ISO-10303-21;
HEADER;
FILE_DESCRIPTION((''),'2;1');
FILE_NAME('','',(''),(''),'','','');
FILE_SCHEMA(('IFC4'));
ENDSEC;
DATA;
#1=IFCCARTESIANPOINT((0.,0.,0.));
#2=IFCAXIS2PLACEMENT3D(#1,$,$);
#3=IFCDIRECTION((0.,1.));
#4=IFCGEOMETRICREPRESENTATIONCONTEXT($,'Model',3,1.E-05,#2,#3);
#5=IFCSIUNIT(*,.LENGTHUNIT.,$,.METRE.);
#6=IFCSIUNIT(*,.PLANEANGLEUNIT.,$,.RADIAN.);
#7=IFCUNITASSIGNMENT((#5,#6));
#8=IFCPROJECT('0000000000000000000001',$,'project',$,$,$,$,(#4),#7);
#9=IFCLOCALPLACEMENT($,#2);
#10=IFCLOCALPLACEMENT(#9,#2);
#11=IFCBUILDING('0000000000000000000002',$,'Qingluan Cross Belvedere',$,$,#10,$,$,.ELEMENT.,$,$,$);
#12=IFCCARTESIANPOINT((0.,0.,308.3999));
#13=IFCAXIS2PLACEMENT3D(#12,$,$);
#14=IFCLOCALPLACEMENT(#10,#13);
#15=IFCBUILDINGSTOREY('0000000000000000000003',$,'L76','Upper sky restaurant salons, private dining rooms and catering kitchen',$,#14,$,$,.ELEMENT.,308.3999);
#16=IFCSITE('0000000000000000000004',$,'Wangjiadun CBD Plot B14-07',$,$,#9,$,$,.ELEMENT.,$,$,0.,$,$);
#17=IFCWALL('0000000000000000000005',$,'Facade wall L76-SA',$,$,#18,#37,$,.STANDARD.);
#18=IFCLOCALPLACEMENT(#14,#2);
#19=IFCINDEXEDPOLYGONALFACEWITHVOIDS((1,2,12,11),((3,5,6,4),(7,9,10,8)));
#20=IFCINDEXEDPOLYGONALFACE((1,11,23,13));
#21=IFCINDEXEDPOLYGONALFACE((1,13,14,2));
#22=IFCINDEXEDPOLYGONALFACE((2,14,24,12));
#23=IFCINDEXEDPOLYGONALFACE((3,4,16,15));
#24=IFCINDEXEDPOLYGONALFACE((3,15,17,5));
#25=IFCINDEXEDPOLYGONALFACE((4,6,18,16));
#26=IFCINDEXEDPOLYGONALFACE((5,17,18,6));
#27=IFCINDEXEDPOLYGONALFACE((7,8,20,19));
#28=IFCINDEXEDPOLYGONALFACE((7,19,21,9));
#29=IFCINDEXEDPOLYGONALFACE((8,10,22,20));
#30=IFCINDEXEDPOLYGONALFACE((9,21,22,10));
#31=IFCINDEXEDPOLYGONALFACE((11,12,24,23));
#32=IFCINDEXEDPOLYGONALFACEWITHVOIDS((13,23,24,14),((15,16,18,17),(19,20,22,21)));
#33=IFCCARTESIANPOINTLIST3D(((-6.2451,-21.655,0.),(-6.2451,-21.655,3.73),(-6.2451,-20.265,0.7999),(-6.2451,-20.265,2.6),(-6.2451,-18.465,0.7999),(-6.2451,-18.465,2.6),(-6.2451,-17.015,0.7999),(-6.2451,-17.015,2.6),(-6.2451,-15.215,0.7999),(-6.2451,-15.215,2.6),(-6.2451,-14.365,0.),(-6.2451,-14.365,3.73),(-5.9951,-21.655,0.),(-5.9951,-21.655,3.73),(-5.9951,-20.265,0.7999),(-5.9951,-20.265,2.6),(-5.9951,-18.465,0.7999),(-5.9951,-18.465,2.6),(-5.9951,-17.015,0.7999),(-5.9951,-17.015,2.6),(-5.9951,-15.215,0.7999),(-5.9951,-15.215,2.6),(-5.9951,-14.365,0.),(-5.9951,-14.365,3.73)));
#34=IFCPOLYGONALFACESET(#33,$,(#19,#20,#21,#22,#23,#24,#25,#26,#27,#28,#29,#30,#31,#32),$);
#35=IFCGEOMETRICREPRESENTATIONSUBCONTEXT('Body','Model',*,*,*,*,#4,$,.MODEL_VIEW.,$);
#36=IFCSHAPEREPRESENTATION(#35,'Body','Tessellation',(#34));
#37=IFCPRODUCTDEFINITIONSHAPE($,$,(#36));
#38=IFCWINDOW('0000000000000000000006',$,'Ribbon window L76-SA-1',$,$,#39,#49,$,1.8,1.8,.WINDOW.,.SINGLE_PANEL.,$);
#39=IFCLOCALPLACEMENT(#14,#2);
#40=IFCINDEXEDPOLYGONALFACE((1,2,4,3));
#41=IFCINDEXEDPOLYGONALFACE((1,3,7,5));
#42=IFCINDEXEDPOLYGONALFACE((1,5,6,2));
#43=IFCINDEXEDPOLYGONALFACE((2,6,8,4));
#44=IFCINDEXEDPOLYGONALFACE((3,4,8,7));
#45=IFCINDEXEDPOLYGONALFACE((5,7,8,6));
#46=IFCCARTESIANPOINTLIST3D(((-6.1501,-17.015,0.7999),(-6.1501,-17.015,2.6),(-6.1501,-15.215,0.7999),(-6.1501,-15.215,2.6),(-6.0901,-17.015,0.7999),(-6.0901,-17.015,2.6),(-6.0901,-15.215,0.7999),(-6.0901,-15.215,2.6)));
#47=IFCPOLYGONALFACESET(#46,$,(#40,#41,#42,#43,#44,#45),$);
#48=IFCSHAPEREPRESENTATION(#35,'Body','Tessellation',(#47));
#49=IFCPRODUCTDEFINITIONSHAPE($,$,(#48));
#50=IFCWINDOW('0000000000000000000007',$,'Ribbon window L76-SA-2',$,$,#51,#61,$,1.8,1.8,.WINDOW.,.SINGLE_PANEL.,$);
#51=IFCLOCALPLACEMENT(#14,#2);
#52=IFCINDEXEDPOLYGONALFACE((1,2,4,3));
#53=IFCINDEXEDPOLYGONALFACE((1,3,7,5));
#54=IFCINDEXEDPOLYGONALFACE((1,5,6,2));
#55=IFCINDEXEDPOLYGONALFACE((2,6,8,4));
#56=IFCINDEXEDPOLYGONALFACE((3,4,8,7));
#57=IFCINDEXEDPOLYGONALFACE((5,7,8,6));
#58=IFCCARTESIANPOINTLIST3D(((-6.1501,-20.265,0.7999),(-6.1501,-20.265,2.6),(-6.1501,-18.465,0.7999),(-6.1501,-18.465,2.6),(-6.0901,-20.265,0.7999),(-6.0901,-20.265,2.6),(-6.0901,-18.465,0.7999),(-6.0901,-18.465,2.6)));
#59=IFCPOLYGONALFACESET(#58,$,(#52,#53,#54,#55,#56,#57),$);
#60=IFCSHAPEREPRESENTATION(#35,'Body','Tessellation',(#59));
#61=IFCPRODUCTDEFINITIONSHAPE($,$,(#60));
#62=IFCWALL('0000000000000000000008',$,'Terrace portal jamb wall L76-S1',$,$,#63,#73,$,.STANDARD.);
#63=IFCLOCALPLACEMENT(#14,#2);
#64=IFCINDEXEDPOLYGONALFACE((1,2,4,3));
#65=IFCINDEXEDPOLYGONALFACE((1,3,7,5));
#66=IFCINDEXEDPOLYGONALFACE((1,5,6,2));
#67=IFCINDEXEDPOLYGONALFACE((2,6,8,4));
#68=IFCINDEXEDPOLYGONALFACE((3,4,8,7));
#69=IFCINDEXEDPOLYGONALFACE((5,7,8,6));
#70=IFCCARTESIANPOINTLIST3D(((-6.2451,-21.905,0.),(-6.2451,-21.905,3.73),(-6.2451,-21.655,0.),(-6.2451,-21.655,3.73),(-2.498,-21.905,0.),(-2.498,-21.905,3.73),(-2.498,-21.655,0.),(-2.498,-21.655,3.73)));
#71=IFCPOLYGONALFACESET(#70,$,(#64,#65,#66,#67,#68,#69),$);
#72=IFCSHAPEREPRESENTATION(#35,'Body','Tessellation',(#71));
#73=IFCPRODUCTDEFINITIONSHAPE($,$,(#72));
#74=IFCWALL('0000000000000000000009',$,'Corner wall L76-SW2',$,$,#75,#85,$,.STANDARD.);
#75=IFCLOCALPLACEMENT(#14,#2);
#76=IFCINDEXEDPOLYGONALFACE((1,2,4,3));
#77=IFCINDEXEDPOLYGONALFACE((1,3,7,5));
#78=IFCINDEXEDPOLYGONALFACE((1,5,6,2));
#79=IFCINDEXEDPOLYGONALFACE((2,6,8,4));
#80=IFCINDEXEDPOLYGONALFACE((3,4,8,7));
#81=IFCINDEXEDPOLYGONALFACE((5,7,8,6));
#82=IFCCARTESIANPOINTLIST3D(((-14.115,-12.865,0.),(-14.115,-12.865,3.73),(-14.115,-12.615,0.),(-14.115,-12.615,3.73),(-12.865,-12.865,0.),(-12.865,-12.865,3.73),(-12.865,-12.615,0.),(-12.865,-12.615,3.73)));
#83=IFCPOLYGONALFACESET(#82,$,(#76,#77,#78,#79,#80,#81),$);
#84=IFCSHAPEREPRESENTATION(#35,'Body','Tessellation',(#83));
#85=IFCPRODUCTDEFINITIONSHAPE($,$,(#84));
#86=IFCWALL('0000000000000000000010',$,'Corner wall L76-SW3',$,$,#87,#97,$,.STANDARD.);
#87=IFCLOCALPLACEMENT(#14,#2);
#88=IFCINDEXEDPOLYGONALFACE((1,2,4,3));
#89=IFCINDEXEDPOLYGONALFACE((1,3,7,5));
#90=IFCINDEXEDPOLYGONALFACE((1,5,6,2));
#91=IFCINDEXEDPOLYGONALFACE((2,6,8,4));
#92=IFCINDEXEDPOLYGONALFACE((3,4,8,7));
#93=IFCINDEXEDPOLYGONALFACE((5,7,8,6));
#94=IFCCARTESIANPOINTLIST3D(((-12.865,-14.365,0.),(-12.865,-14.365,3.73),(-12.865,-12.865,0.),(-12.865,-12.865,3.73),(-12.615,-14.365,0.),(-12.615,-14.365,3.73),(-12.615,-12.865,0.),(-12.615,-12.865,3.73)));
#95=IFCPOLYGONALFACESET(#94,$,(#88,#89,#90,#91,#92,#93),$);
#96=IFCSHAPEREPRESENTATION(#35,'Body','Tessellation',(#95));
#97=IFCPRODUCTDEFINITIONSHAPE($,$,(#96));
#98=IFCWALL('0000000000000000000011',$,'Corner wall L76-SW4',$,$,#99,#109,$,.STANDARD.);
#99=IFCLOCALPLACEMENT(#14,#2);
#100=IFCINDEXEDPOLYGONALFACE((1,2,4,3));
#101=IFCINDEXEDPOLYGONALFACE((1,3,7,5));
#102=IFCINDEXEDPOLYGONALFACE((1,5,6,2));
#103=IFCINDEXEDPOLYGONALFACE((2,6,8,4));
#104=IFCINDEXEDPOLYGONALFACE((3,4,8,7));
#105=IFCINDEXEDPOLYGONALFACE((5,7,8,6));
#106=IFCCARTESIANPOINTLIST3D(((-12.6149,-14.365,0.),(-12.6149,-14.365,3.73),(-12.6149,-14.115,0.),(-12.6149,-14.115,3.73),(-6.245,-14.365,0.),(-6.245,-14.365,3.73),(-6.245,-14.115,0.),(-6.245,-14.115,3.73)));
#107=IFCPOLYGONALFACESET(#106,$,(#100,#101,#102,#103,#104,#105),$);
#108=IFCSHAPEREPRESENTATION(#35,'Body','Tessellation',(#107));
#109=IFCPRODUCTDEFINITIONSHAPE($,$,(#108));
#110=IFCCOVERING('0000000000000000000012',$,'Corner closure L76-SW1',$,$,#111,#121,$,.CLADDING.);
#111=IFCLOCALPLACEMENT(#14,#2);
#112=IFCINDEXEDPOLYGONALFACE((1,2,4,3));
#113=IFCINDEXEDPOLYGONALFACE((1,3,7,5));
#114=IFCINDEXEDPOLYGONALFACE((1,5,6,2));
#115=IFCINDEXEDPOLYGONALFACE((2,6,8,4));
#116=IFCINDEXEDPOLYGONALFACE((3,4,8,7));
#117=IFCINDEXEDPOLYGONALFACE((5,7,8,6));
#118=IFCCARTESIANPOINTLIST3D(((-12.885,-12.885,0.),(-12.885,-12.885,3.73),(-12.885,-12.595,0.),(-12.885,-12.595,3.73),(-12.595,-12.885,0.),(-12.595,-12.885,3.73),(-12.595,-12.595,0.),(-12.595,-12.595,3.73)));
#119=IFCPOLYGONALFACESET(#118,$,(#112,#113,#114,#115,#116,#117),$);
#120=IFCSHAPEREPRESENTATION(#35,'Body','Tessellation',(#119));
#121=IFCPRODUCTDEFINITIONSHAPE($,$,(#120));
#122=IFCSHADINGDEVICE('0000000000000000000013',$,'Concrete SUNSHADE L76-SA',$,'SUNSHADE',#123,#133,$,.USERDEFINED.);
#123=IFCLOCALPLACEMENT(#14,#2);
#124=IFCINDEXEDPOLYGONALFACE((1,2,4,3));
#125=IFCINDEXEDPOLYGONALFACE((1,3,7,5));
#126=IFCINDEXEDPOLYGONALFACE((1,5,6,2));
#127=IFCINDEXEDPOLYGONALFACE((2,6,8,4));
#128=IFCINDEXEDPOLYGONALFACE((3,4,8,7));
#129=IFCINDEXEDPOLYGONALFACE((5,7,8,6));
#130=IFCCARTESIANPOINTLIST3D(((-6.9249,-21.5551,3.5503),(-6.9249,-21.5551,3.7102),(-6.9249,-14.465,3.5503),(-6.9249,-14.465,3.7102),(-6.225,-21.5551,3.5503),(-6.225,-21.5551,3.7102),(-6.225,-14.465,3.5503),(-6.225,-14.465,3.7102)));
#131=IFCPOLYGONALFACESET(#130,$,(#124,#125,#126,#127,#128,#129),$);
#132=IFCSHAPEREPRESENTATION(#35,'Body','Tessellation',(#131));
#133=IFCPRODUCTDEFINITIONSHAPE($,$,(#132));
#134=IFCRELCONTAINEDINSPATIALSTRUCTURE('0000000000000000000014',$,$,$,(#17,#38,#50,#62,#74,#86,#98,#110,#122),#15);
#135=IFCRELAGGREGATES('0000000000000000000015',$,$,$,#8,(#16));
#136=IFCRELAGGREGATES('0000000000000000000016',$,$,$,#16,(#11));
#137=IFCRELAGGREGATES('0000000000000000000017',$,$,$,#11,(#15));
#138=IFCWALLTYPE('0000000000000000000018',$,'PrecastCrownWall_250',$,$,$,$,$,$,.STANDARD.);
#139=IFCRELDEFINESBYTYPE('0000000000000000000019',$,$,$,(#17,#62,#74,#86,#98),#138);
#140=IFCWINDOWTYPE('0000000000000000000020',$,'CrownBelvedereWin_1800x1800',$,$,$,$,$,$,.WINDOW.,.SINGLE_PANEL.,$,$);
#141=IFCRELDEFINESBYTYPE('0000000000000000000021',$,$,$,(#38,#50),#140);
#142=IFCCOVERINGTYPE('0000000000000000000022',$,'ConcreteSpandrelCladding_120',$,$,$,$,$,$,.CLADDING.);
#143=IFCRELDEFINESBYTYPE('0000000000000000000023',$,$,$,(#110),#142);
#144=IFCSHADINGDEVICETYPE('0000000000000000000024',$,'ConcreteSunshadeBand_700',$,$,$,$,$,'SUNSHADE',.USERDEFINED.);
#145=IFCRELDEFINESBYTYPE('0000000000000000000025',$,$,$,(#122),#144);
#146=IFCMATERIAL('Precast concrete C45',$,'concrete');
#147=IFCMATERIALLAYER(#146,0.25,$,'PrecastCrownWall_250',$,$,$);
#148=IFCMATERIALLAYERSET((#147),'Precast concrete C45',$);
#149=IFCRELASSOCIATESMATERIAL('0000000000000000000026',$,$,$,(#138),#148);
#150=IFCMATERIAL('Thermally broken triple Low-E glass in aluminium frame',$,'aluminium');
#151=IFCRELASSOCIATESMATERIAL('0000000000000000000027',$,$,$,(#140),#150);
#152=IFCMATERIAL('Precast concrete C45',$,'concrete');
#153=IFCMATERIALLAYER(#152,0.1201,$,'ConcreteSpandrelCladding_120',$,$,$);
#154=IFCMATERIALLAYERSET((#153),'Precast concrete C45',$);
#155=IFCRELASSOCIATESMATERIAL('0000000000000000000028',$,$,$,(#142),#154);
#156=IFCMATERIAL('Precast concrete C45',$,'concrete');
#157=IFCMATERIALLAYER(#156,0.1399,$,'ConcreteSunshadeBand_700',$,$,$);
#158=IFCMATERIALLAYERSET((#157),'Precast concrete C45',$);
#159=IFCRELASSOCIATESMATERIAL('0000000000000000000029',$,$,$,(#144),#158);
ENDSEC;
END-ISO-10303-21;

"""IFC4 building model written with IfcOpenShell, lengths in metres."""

from ifc_helpers import new_model, si_unit, direction, frame, frame_2d, origin, origin_2d, place, context, subcontext, project, spatial, rectangle, extrude, material, layer, layer_set, type_object, element, fill, save


model = new_model("IFC4")

# Units and contexts
model_context = context("Model", 3, precision=1e-05, world=origin(), true_north=direction((0.0, 1.0)))
body_context = subcontext(model_context, "Body", "Model", "MODEL_VIEW")
ifc_project = project(units=[si_unit("LENGTHUNIT", "METRE"), si_unit("PLANEANGLEUNIT", "RADIAN")], contexts=[model_context])

# Site, building, storey
site_placement = place(None, origin())
site = spatial("IfcSite", under=ifc_project, at=site_placement, Name="Wangjiadun CBD Plot B14-07", CompositionType="ELEMENT", RefElevation=0.0)
building_placement = place(site_placement, origin())
building = spatial("IfcBuilding", under=site, at=building_placement, Name="Qingluan Cross Belvedere", CompositionType="ELEMENT")
storey_placement = place(building_placement, frame((0.0, 0.0, 308.3999)))
storey = spatial("IfcBuildingStorey", under=building, at=storey_placement, Name="L76", Description="Upper sky restaurant salons, private dining rooms and catering kitchen", CompositionType="ELEMENT", Elevation=308.3999)

# Wall, openings, windows
ifc_material_1 = material(Name="Precast concrete C45", Category="concrete")
ifc_layer_1 = layer(ifc_material_1, 0.25, Name="PrecastCrownWall_250")
ifc_layer_set_1 = layer_set([ifc_layer_1], Name="Precast concrete C45")
wall_type_1 = type_object("IfcWallType", Name="PrecastCrownWall_250", PredefinedType="STANDARD", material=ifc_layer_set_1)
wall_1_placement = place(storey_placement, frame((-6.1201, -14.365, 0.0), z_axis=(0.0, 0.0, 1.0), x_axis=(0.0, -1.0, 0.0)))
wall_1 = element("IfcWall", 1, at=wall_1_placement, inside=storey, type_object=wall_type_1, Name="Facade wall L76-SA", PredefinedType="STANDARD", context=body_context, shape_type="SweptSolid", body=[
    extrude(rectangle(XDim=7.29, YDim=0.25, at=frame_2d((3.645, 0.0))), origin(), (0.0, 0.0, 1.0), 3.73),
])
opening_1_placement = place(wall_1_placement, frame((0.8501, 0.0, 0.8)))
opening_1 = element("IfcOpeningElement", 2, at=opening_1_placement, cuts=wall_1, PredefinedType="OPENING", context=body_context, shape_type="SweptSolid", body=[
    extrude(rectangle(XDim=1.8, YDim=1.8, at=frame_2d((0.8999, 0.8999))), frame((0.0, 0.135, 0.0), z_axis=(0.0, -1.0, 0.0), x_axis=(1.0, 0.0, 0.0)), (0.0, 0.0, 1.0), 0.27),
])
opening_2_placement = place(wall_1_placement, frame((4.1001, 0.0, 0.8)))
opening_2 = element("IfcOpeningElement", 3, at=opening_2_placement, cuts=wall_1, PredefinedType="OPENING", context=body_context, shape_type="SweptSolid", body=[
    extrude(rectangle(XDim=1.8, YDim=1.8, at=frame_2d((0.8999, 0.8999))), frame((0.0, 0.135, 0.0), z_axis=(0.0, -1.0, 0.0), x_axis=(1.0, 0.0, 0.0)), (0.0, 0.0, 1.0), 0.27),
])
ifc_material_2 = material(Name="Thermally broken triple Low-E glass in aluminium frame", Category="aluminium")
window_type = type_object("IfcWindowType", Name="CrownBelvedereWin_1800x1800", PartitioningType="SINGLE_PANEL", PredefinedType="WINDOW", material=ifc_material_2)
window_1_placement = place(opening_1_placement, origin())
window_1 = element("IfcWindow", 4, at=window_1_placement, inside=storey, type_object=window_type, Name="Ribbon window L76-SA-1", OverallHeight=1.8, OverallWidth=1.8, PartitioningType="SINGLE_PANEL", PredefinedType="WINDOW", context=body_context, shape_type="SweptSolid", body=[
    extrude(rectangle(XDim=1.8, YDim=1.8, at=frame_2d((0.8999, 0.8999))), frame((0.0, 0.03, 0.0), z_axis=(0.0, -1.0, 0.0), x_axis=(1.0, 0.0, 0.0)), (0.0, 0.0, 1.0), 0.0601),
])
fill(opening_1, window_1)
window_2_placement = place(opening_2_placement, origin())
window_2 = element("IfcWindow", 5, at=window_2_placement, inside=storey, type_object=window_type, Name="Ribbon window L76-SA-2", OverallHeight=1.8, OverallWidth=1.8, PartitioningType="SINGLE_PANEL", PredefinedType="WINDOW", context=body_context, shape_type="SweptSolid", body=[
    extrude(rectangle(XDim=1.8, YDim=1.8, at=frame_2d((0.8999, 0.8999))), frame((0.0, 0.03, 0.0), z_axis=(0.0, -1.0, 0.0), x_axis=(1.0, 0.0, 0.0)), (0.0, 0.0, 1.0), 0.0601),
])
fill(opening_2, window_2)

# Walls
wall_2_placement = place(storey_placement, frame((-6.2451, -21.78, 0.0), z_axis=(0.0, 0.0, 1.0), x_axis=(1.0, 0.0, 0.0)))
element("IfcWall", 6, at=wall_2_placement, inside=storey, type_object=wall_type_1, Name="Terrace portal jamb wall L76-S1", PredefinedType="STANDARD", context=body_context, shape_type="SweptSolid", body=[
    extrude(rectangle(XDim=3.7471, YDim=0.25, at=frame_2d((1.8735, 0.0))), origin(), (0.0, 0.0, 1.0), 3.73),
])
wall_3_placement = place(storey_placement, frame((-14.115, -12.74, 0.0), z_axis=(0.0, 0.0, 1.0), x_axis=(1.0, 0.0, 0.0)))
element("IfcWall", 7, at=wall_3_placement, inside=storey, type_object=wall_type_1, Name="Corner wall L76-SW2", PredefinedType="STANDARD", context=body_context, shape_type="SweptSolid", body=[
    extrude(rectangle(XDim=1.25, YDim=0.25, at=frame_2d((0.625, 0.0))), origin(), (0.0, 0.0, 1.0), 3.73),
])
wall_4_placement = place(storey_placement, frame((-12.74, -12.865, 0.0), z_axis=(0.0, 0.0, 1.0), x_axis=(0.0, -1.0, 0.0)))
element("IfcWall", 8, at=wall_4_placement, inside=storey, type_object=wall_type_1, Name="Corner wall L76-SW3", PredefinedType="STANDARD", context=body_context, shape_type="SweptSolid", body=[
    extrude(rectangle(XDim=1.5, YDim=0.25, at=frame_2d((0.75, 0.0))), origin(), (0.0, 0.0, 1.0), 3.73),
])
wall_5_placement = place(storey_placement, frame((-12.615, -14.24, 0.0), z_axis=(0.0, 0.0, 1.0), x_axis=(1.0, 0.0, 0.0)))
element("IfcWall", 9, at=wall_5_placement, inside=storey, type_object=wall_type_1, Name="Corner wall L76-SW4", PredefinedType="STANDARD", context=body_context, shape_type="SweptSolid", body=[
    extrude(rectangle(XDim=6.3699, YDim=0.25, at=frame_2d((3.1851, 0.0))), origin(), (0.0, 0.0, 1.0), 3.73),
])

# Covering
ifc_material_3 = material(Name="Precast concrete C45", Category="concrete")
ifc_layer_2 = layer(ifc_material_3, 0.1201, Name="ConcreteSpandrelCladding_120")
ifc_layer_set_2 = layer_set([ifc_layer_2], Name="Precast concrete C45")
covering_type = type_object("IfcCoveringType", Name="ConcreteSpandrelCladding_120", PredefinedType="CLADDING", material=ifc_layer_set_2)
covering_placement = place(storey_placement, frame((-12.74, -12.74, 0.0), z_axis=(0.0, 0.0, 1.0), x_axis=(1.0, 0.0, 0.0)))
element("IfcCovering", 10, at=covering_placement, inside=storey, type_object=covering_type, Name="Corner closure L76-SW1", PredefinedType="CLADDING", context=body_context, shape_type="SweptSolid", body=[
    extrude(rectangle(XDim=0.29, YDim=0.29, at=origin_2d()), origin(), (0.0, 0.0, 1.0), 3.73),
])

# Shading device
ifc_material_4 = material(Name="Precast concrete C45", Category="concrete")
ifc_layer_3 = layer(ifc_material_4, 0.1399, Name="ConcreteSunshadeBand_700")
ifc_layer_set_3 = layer_set([ifc_layer_3], Name="Precast concrete C45")
shading_device_type = type_object("IfcShadingDeviceType", Name="ConcreteSunshadeBand_700", ElementType="SUNSHADE", PredefinedType="USERDEFINED", material=ifc_layer_set_3)
shading_device_placement = place(storey_placement, frame((-6.575, -18.01, 3.5503), z_axis=(0.0, 0.0, 1.0), x_axis=(0.0, -1.0, 0.0)))
element("IfcShadingDevice", 11, at=shading_device_placement, inside=storey, type_object=shading_device_type, Name="Concrete SUNSHADE L76-SA", ObjectType="SUNSHADE", PredefinedType="USERDEFINED", context=body_context, shape_type="SweptSolid", body=[
    extrude(rectangle(XDim=7.0901, YDim=0.7, at=origin_2d()), origin(), (0.0, 0.0, 1.0), 0.1599),
])

save(model, "model.ifc")
